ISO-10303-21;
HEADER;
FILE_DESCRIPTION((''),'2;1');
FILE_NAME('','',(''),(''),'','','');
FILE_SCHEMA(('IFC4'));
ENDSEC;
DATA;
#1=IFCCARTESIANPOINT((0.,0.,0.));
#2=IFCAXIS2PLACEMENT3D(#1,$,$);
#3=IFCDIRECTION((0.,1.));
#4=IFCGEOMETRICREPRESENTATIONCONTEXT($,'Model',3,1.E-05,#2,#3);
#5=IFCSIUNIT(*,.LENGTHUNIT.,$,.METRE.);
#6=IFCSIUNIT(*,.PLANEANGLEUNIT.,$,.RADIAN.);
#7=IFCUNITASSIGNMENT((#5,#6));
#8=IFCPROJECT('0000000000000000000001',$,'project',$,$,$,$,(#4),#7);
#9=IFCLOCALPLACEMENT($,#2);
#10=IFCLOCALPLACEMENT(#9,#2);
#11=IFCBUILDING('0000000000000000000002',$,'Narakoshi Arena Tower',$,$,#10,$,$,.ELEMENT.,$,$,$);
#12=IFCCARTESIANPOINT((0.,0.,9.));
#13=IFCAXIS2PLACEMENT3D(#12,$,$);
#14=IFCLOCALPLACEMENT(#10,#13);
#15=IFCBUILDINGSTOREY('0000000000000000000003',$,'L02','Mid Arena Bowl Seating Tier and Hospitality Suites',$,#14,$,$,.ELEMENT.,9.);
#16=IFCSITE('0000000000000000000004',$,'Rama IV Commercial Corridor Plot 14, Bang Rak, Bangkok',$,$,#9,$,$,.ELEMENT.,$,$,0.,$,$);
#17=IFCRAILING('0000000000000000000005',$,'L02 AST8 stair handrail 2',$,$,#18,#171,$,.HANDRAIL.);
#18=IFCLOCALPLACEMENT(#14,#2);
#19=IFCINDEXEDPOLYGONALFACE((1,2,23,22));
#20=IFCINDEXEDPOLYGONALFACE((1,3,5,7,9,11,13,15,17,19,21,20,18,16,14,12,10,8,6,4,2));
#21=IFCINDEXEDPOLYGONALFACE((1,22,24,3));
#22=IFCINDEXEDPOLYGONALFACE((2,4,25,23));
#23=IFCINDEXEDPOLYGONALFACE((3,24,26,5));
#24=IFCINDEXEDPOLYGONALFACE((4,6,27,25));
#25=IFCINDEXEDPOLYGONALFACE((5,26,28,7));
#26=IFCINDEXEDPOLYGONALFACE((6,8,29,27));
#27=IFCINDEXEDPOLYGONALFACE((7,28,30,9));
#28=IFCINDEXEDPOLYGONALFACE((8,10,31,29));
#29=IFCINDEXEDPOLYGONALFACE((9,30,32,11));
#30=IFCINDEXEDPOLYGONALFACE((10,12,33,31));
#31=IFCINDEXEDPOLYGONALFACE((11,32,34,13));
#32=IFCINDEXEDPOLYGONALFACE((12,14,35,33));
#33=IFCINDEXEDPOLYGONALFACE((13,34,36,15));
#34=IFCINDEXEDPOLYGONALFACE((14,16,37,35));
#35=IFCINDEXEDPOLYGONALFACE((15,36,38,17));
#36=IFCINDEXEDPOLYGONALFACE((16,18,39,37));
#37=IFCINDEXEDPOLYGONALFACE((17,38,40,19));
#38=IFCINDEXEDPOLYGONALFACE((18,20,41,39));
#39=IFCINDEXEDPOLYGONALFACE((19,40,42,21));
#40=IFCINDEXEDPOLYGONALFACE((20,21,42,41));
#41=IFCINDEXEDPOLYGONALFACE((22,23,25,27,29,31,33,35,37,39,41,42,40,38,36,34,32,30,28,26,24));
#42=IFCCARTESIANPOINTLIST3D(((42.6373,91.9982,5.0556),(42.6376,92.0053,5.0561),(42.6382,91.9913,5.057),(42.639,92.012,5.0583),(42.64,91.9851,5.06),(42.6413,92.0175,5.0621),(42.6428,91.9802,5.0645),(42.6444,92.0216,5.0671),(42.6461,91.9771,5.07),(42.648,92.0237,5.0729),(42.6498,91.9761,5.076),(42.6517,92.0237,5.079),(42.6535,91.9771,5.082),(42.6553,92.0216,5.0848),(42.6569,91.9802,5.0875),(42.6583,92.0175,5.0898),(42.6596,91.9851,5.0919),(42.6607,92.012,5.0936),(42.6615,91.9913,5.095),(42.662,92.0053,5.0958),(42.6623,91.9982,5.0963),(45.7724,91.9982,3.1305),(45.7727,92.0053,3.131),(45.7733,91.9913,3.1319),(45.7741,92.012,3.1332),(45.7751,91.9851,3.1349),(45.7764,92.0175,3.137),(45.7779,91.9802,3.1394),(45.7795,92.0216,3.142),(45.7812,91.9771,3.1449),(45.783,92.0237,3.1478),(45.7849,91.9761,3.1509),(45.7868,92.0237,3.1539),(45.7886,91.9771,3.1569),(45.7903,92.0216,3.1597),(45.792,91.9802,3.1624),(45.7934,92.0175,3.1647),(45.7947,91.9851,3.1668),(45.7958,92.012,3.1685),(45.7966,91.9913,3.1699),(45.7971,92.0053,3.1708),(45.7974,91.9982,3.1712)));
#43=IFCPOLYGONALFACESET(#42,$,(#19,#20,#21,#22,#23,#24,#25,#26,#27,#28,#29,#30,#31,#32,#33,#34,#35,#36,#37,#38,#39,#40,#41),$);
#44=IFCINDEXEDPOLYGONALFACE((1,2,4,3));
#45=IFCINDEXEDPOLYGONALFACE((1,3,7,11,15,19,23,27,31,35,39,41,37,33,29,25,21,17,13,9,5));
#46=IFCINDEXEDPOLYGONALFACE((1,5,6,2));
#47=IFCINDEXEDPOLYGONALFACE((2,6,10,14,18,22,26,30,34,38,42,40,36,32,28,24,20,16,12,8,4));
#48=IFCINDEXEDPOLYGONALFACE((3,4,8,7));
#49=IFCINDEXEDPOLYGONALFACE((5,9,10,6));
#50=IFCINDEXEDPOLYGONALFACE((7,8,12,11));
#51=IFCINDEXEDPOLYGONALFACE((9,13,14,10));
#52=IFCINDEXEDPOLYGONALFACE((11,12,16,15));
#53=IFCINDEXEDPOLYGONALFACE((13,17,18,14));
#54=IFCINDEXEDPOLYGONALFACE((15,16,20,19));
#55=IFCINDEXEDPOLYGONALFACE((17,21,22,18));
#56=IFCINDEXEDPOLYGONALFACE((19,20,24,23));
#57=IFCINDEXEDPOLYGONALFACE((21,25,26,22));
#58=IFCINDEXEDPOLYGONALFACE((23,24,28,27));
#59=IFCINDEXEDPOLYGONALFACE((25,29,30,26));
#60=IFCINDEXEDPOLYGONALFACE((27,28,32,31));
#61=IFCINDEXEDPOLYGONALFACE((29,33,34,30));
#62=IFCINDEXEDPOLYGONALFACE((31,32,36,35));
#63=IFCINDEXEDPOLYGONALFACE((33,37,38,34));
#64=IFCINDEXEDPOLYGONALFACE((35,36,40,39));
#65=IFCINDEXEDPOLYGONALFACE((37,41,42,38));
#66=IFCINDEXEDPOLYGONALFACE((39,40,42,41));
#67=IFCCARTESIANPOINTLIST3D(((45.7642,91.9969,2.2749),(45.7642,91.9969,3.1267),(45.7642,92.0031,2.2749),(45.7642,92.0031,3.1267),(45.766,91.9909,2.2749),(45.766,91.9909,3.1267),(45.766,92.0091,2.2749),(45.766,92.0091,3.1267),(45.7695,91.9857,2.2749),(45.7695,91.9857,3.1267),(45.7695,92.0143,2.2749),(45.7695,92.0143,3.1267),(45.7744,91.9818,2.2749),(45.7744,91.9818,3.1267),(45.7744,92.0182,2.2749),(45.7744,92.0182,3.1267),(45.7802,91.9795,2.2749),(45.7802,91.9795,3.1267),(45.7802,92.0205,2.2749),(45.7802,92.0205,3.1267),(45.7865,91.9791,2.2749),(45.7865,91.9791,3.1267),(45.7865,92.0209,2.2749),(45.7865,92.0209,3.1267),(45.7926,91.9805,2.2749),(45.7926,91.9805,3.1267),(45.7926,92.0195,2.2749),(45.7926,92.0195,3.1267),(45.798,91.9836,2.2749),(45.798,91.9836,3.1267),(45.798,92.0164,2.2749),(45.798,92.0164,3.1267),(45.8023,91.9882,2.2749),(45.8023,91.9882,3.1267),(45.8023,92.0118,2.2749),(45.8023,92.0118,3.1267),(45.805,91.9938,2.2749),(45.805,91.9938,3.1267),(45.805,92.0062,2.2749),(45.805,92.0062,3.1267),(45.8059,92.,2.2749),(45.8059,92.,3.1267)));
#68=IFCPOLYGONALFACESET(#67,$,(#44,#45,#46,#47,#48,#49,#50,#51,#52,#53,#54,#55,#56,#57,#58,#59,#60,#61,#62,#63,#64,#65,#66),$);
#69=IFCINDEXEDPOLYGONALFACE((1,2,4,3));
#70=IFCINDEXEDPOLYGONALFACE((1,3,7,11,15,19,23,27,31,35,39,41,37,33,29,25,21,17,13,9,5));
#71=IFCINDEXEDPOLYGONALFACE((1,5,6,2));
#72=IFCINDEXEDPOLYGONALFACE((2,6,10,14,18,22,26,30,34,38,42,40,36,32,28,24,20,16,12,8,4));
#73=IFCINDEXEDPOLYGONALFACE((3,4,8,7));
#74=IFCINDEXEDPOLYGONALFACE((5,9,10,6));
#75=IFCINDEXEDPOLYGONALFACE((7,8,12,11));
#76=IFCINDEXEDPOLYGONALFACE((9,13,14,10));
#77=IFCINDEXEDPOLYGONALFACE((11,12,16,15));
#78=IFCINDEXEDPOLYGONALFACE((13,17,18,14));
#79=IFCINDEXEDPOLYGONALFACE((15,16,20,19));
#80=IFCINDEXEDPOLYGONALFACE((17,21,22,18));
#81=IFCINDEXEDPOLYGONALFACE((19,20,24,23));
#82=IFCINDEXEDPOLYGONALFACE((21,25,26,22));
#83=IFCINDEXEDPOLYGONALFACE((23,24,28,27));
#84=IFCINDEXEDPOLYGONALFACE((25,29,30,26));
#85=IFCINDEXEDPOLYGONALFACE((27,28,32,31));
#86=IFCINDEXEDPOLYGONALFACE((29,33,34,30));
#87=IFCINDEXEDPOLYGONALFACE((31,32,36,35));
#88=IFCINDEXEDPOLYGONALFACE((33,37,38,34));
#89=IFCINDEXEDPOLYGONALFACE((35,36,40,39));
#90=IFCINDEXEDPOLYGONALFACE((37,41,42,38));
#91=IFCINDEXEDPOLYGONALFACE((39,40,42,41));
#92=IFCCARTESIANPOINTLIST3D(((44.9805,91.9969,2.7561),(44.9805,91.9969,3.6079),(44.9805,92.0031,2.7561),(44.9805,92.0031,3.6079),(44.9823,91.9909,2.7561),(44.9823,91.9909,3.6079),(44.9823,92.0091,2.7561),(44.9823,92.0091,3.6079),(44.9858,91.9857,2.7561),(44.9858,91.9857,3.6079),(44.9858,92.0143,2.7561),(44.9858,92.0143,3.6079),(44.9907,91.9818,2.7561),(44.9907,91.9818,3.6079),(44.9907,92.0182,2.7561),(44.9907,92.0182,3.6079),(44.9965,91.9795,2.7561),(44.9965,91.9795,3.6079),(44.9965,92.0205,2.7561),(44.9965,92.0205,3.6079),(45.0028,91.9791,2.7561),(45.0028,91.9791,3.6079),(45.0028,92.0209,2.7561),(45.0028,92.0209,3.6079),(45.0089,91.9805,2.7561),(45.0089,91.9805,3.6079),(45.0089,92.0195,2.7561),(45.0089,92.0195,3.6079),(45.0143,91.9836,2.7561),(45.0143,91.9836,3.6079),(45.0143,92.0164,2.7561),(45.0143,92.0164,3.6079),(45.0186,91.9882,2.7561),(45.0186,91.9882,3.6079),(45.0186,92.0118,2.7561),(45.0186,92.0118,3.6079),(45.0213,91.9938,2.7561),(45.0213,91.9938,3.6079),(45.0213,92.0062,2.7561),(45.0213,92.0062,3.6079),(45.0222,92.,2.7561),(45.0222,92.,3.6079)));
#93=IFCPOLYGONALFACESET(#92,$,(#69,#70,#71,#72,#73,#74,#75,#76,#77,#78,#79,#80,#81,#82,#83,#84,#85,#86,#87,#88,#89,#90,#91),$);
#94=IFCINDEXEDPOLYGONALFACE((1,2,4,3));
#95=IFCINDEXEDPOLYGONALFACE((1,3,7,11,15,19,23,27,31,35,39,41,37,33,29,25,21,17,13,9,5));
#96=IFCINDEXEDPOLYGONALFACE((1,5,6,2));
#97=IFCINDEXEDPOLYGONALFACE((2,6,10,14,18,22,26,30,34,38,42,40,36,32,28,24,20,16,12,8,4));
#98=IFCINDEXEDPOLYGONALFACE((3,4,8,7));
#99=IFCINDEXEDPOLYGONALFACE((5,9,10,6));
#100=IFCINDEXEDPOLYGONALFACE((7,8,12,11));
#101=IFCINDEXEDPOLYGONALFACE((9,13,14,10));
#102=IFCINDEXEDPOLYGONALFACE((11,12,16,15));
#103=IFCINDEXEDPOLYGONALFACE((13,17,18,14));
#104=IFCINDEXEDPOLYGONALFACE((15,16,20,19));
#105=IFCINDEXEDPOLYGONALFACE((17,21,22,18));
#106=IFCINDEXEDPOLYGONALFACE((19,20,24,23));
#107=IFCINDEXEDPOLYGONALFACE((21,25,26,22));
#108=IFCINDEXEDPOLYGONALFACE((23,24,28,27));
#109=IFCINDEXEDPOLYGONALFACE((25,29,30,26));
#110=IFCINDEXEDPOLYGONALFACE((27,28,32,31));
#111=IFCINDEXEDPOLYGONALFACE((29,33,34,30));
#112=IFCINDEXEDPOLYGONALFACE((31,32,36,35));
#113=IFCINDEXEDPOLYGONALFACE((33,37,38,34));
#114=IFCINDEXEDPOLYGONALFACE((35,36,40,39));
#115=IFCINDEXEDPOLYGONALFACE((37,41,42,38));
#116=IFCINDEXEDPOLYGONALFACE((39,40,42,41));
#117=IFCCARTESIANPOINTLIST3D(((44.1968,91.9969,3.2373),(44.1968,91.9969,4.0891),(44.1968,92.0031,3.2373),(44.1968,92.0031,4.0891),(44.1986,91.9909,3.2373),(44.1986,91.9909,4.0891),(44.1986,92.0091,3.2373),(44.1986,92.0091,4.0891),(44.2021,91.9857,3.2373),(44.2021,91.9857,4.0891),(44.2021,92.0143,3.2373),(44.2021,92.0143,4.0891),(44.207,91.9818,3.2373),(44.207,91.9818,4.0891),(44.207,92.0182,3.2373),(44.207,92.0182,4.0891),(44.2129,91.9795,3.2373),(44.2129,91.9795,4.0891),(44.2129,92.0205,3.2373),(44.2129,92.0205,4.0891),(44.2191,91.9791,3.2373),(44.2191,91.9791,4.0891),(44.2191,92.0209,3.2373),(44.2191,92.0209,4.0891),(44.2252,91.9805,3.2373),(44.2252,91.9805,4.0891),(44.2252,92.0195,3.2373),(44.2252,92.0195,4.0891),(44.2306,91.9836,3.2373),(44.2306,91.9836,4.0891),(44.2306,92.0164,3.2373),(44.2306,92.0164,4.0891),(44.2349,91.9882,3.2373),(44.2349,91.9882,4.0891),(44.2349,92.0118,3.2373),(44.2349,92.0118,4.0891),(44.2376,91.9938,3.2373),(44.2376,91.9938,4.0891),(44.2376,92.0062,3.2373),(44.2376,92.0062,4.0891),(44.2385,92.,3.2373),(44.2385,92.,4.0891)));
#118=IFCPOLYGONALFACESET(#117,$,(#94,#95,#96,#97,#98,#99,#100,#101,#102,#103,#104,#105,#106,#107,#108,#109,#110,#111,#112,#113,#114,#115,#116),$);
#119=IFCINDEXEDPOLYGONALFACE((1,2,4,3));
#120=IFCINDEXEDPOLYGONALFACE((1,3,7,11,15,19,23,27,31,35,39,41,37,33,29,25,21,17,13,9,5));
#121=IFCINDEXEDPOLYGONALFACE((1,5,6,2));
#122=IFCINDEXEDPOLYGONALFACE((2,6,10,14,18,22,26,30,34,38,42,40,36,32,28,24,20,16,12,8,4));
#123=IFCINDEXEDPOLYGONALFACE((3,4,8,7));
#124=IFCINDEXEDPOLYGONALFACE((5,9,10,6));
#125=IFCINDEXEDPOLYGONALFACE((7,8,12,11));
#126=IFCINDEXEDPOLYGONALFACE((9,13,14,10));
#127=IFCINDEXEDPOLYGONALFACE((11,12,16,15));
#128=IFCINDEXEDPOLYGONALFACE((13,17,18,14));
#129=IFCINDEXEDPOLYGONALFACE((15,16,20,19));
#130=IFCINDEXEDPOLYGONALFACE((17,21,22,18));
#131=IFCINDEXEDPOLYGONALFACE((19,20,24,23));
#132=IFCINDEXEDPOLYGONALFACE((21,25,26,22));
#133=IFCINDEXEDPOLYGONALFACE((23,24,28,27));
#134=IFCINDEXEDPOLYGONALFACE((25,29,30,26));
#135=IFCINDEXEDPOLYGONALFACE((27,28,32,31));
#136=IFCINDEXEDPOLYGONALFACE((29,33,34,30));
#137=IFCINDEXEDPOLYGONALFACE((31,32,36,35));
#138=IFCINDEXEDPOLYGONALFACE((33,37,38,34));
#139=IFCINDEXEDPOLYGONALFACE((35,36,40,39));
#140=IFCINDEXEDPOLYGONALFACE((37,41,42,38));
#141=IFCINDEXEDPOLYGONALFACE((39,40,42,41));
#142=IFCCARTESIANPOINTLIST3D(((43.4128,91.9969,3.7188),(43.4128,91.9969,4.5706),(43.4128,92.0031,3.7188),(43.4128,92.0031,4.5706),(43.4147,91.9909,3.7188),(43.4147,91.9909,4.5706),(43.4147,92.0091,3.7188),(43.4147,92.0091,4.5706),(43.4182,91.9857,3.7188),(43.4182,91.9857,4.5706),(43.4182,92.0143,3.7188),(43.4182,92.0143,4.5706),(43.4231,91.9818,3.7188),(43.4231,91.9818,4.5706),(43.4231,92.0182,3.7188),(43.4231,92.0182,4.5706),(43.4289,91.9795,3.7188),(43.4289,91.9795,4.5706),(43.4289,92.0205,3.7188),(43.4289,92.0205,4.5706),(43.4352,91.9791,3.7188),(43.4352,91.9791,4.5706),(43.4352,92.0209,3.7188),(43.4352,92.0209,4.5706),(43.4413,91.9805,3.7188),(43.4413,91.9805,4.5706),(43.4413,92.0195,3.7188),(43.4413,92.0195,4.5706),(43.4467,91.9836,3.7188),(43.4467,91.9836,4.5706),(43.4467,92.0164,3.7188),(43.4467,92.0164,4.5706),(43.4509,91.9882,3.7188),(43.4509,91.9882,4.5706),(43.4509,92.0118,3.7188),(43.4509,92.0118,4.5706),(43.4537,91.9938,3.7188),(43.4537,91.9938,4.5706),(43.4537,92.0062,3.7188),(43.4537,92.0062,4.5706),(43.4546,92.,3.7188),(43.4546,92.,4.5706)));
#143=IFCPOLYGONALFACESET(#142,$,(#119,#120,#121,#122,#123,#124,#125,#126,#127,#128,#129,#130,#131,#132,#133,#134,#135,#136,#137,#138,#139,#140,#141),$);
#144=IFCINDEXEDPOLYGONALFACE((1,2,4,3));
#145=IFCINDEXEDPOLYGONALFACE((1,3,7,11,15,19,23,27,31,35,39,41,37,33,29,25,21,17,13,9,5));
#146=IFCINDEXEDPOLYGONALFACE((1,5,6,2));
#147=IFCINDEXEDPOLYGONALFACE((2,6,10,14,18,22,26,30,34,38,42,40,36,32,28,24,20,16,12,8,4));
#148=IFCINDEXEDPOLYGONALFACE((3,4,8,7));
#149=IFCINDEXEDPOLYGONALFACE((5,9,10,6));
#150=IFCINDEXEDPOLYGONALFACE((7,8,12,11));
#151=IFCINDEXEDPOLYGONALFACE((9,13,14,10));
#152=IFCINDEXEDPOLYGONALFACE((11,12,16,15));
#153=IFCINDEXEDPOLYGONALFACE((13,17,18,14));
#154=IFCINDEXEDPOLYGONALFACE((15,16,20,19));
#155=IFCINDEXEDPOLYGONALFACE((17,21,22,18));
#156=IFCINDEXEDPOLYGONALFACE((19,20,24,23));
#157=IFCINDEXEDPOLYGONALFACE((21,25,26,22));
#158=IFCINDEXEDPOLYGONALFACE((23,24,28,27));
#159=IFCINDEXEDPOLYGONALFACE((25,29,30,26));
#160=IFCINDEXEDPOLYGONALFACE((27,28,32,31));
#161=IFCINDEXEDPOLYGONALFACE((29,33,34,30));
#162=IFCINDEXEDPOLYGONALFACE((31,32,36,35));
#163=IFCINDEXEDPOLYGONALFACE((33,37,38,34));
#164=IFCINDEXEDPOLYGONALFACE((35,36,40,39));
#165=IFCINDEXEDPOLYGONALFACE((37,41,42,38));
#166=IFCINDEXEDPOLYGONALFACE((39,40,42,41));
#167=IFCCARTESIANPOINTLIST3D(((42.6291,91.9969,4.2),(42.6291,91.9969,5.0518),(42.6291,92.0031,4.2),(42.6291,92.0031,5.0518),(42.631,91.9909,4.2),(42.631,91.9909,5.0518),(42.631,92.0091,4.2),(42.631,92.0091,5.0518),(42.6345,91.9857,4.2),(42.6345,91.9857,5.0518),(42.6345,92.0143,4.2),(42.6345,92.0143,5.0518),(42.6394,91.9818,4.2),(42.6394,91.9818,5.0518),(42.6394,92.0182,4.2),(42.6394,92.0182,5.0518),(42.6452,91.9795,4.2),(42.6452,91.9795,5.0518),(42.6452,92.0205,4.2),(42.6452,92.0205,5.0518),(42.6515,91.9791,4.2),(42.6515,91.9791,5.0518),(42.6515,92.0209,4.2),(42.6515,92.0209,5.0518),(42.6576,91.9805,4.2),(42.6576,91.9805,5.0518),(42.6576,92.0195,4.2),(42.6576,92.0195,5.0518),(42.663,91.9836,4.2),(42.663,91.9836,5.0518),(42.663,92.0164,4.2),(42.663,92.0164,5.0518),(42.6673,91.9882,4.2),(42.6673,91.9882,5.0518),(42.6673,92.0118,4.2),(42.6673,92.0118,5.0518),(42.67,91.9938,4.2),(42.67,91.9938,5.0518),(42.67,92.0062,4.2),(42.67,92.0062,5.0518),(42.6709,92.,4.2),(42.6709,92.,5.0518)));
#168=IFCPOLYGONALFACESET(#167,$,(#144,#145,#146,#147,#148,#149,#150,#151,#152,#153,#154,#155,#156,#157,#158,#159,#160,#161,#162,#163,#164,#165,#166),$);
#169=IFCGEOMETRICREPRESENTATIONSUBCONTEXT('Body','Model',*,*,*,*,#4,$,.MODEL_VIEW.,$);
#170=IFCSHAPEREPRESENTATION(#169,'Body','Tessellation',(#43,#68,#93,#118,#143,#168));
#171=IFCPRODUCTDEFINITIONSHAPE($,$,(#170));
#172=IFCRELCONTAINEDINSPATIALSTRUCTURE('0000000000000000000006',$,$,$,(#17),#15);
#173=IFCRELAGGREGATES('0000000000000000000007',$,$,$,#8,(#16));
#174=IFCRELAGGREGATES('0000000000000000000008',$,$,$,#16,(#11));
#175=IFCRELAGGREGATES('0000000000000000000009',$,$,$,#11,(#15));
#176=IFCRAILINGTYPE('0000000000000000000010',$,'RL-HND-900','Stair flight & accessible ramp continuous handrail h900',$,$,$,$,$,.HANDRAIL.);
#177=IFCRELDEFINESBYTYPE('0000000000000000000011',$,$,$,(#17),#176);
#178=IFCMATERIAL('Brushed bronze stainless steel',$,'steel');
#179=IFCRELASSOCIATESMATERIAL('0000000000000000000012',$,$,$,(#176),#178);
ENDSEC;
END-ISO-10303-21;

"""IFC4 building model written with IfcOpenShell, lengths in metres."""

from ifc_helpers import new_model, si_unit, direction, frame, origin, origin_2d, place, context, subcontext, project, spatial, circle, extrude, material, type_object, element, save


model = new_model("IFC4")

# Units and contexts
model_context = context("Model", 3, precision=1e-05, world=origin(), true_north=direction((0.0, 1.0)))
body_context = subcontext(model_context, "Body", "Model", "MODEL_VIEW")
ifc_project = project(units=[si_unit("LENGTHUNIT", "METRE"), si_unit("PLANEANGLEUNIT", "RADIAN")], contexts=[model_context])

# Site, building, storey
site_placement = place(None, origin())
site = spatial("IfcSite", under=ifc_project, at=site_placement, Name="Rama IV Commercial Corridor Plot 14, Bang Rak, Bangkok", CompositionType="ELEMENT", RefElevation=0.0)
building_placement = place(site_placement, origin())
building = spatial("IfcBuilding", under=site, at=building_placement, Name="Narakoshi Arena Tower", CompositionType="ELEMENT")
storey_placement = place(building_placement, frame((0.0, 0.0, 9.0)))
storey = spatial("IfcBuildingStorey", under=building, at=storey_placement, Name="L02", Description="Mid Arena Bowl Seating Tier and Hospitality Suites", CompositionType="ELEMENT", Elevation=9.0)

# Railing
ifc_material_1 = material(Name="Brushed bronze stainless steel", Category="steel")
railing_type_1 = type_object("IfcRailingType", Name="RL-HND-900", Description="Stair flight & accessible ramp continuous handrail h900", PredefinedType="HANDRAIL", material=ifc_material_1)
railing_1_placement = place(storey_placement, frame((45.7849, 92.0, 2.2749)))
element("IfcRailing", 1, at=railing_1_placement, inside=storey, type_object=railing_type_1, Name="L02 AST8 stair handrail 2", PredefinedType="HANDRAIL", context=body_context, shape_type="SweptSolid", body=[
    extrude(circle(Radius=0.0239, at=origin_2d()), frame((0.0, 0.0, 0.876), z_axis=(-0.852166, 0.0, 0.523271), x_axis=(0.0, -1.0, 0.0)), (0.0, 0.0, 1.0), 3.679),
    extrude(circle(Radius=0.021, at=origin_2d()), origin(), (0.0, 0.0, 1.0), 0.8518),
    extrude(circle(Radius=0.021, at=origin_2d()), frame((-0.7837, 0.0, 0.4812)), (0.0, 0.0, 1.0), 0.8518),
    extrude(circle(Radius=0.021, at=origin_2d()), frame((-1.5674, 0.0, 0.9624)), (0.0, 0.0, 1.0), 0.8518),
    extrude(circle(Radius=0.021, at=origin_2d()), frame((-2.3513, 0.0, 1.4438)), (0.0, 0.0, 1.0), 0.8518),
    extrude(circle(Radius=0.021, at=origin_2d()), frame((-3.135, 0.0, 1.925)), (0.0, 0.0, 1.0), 0.8518),
])

save(model, "model.ifc")
